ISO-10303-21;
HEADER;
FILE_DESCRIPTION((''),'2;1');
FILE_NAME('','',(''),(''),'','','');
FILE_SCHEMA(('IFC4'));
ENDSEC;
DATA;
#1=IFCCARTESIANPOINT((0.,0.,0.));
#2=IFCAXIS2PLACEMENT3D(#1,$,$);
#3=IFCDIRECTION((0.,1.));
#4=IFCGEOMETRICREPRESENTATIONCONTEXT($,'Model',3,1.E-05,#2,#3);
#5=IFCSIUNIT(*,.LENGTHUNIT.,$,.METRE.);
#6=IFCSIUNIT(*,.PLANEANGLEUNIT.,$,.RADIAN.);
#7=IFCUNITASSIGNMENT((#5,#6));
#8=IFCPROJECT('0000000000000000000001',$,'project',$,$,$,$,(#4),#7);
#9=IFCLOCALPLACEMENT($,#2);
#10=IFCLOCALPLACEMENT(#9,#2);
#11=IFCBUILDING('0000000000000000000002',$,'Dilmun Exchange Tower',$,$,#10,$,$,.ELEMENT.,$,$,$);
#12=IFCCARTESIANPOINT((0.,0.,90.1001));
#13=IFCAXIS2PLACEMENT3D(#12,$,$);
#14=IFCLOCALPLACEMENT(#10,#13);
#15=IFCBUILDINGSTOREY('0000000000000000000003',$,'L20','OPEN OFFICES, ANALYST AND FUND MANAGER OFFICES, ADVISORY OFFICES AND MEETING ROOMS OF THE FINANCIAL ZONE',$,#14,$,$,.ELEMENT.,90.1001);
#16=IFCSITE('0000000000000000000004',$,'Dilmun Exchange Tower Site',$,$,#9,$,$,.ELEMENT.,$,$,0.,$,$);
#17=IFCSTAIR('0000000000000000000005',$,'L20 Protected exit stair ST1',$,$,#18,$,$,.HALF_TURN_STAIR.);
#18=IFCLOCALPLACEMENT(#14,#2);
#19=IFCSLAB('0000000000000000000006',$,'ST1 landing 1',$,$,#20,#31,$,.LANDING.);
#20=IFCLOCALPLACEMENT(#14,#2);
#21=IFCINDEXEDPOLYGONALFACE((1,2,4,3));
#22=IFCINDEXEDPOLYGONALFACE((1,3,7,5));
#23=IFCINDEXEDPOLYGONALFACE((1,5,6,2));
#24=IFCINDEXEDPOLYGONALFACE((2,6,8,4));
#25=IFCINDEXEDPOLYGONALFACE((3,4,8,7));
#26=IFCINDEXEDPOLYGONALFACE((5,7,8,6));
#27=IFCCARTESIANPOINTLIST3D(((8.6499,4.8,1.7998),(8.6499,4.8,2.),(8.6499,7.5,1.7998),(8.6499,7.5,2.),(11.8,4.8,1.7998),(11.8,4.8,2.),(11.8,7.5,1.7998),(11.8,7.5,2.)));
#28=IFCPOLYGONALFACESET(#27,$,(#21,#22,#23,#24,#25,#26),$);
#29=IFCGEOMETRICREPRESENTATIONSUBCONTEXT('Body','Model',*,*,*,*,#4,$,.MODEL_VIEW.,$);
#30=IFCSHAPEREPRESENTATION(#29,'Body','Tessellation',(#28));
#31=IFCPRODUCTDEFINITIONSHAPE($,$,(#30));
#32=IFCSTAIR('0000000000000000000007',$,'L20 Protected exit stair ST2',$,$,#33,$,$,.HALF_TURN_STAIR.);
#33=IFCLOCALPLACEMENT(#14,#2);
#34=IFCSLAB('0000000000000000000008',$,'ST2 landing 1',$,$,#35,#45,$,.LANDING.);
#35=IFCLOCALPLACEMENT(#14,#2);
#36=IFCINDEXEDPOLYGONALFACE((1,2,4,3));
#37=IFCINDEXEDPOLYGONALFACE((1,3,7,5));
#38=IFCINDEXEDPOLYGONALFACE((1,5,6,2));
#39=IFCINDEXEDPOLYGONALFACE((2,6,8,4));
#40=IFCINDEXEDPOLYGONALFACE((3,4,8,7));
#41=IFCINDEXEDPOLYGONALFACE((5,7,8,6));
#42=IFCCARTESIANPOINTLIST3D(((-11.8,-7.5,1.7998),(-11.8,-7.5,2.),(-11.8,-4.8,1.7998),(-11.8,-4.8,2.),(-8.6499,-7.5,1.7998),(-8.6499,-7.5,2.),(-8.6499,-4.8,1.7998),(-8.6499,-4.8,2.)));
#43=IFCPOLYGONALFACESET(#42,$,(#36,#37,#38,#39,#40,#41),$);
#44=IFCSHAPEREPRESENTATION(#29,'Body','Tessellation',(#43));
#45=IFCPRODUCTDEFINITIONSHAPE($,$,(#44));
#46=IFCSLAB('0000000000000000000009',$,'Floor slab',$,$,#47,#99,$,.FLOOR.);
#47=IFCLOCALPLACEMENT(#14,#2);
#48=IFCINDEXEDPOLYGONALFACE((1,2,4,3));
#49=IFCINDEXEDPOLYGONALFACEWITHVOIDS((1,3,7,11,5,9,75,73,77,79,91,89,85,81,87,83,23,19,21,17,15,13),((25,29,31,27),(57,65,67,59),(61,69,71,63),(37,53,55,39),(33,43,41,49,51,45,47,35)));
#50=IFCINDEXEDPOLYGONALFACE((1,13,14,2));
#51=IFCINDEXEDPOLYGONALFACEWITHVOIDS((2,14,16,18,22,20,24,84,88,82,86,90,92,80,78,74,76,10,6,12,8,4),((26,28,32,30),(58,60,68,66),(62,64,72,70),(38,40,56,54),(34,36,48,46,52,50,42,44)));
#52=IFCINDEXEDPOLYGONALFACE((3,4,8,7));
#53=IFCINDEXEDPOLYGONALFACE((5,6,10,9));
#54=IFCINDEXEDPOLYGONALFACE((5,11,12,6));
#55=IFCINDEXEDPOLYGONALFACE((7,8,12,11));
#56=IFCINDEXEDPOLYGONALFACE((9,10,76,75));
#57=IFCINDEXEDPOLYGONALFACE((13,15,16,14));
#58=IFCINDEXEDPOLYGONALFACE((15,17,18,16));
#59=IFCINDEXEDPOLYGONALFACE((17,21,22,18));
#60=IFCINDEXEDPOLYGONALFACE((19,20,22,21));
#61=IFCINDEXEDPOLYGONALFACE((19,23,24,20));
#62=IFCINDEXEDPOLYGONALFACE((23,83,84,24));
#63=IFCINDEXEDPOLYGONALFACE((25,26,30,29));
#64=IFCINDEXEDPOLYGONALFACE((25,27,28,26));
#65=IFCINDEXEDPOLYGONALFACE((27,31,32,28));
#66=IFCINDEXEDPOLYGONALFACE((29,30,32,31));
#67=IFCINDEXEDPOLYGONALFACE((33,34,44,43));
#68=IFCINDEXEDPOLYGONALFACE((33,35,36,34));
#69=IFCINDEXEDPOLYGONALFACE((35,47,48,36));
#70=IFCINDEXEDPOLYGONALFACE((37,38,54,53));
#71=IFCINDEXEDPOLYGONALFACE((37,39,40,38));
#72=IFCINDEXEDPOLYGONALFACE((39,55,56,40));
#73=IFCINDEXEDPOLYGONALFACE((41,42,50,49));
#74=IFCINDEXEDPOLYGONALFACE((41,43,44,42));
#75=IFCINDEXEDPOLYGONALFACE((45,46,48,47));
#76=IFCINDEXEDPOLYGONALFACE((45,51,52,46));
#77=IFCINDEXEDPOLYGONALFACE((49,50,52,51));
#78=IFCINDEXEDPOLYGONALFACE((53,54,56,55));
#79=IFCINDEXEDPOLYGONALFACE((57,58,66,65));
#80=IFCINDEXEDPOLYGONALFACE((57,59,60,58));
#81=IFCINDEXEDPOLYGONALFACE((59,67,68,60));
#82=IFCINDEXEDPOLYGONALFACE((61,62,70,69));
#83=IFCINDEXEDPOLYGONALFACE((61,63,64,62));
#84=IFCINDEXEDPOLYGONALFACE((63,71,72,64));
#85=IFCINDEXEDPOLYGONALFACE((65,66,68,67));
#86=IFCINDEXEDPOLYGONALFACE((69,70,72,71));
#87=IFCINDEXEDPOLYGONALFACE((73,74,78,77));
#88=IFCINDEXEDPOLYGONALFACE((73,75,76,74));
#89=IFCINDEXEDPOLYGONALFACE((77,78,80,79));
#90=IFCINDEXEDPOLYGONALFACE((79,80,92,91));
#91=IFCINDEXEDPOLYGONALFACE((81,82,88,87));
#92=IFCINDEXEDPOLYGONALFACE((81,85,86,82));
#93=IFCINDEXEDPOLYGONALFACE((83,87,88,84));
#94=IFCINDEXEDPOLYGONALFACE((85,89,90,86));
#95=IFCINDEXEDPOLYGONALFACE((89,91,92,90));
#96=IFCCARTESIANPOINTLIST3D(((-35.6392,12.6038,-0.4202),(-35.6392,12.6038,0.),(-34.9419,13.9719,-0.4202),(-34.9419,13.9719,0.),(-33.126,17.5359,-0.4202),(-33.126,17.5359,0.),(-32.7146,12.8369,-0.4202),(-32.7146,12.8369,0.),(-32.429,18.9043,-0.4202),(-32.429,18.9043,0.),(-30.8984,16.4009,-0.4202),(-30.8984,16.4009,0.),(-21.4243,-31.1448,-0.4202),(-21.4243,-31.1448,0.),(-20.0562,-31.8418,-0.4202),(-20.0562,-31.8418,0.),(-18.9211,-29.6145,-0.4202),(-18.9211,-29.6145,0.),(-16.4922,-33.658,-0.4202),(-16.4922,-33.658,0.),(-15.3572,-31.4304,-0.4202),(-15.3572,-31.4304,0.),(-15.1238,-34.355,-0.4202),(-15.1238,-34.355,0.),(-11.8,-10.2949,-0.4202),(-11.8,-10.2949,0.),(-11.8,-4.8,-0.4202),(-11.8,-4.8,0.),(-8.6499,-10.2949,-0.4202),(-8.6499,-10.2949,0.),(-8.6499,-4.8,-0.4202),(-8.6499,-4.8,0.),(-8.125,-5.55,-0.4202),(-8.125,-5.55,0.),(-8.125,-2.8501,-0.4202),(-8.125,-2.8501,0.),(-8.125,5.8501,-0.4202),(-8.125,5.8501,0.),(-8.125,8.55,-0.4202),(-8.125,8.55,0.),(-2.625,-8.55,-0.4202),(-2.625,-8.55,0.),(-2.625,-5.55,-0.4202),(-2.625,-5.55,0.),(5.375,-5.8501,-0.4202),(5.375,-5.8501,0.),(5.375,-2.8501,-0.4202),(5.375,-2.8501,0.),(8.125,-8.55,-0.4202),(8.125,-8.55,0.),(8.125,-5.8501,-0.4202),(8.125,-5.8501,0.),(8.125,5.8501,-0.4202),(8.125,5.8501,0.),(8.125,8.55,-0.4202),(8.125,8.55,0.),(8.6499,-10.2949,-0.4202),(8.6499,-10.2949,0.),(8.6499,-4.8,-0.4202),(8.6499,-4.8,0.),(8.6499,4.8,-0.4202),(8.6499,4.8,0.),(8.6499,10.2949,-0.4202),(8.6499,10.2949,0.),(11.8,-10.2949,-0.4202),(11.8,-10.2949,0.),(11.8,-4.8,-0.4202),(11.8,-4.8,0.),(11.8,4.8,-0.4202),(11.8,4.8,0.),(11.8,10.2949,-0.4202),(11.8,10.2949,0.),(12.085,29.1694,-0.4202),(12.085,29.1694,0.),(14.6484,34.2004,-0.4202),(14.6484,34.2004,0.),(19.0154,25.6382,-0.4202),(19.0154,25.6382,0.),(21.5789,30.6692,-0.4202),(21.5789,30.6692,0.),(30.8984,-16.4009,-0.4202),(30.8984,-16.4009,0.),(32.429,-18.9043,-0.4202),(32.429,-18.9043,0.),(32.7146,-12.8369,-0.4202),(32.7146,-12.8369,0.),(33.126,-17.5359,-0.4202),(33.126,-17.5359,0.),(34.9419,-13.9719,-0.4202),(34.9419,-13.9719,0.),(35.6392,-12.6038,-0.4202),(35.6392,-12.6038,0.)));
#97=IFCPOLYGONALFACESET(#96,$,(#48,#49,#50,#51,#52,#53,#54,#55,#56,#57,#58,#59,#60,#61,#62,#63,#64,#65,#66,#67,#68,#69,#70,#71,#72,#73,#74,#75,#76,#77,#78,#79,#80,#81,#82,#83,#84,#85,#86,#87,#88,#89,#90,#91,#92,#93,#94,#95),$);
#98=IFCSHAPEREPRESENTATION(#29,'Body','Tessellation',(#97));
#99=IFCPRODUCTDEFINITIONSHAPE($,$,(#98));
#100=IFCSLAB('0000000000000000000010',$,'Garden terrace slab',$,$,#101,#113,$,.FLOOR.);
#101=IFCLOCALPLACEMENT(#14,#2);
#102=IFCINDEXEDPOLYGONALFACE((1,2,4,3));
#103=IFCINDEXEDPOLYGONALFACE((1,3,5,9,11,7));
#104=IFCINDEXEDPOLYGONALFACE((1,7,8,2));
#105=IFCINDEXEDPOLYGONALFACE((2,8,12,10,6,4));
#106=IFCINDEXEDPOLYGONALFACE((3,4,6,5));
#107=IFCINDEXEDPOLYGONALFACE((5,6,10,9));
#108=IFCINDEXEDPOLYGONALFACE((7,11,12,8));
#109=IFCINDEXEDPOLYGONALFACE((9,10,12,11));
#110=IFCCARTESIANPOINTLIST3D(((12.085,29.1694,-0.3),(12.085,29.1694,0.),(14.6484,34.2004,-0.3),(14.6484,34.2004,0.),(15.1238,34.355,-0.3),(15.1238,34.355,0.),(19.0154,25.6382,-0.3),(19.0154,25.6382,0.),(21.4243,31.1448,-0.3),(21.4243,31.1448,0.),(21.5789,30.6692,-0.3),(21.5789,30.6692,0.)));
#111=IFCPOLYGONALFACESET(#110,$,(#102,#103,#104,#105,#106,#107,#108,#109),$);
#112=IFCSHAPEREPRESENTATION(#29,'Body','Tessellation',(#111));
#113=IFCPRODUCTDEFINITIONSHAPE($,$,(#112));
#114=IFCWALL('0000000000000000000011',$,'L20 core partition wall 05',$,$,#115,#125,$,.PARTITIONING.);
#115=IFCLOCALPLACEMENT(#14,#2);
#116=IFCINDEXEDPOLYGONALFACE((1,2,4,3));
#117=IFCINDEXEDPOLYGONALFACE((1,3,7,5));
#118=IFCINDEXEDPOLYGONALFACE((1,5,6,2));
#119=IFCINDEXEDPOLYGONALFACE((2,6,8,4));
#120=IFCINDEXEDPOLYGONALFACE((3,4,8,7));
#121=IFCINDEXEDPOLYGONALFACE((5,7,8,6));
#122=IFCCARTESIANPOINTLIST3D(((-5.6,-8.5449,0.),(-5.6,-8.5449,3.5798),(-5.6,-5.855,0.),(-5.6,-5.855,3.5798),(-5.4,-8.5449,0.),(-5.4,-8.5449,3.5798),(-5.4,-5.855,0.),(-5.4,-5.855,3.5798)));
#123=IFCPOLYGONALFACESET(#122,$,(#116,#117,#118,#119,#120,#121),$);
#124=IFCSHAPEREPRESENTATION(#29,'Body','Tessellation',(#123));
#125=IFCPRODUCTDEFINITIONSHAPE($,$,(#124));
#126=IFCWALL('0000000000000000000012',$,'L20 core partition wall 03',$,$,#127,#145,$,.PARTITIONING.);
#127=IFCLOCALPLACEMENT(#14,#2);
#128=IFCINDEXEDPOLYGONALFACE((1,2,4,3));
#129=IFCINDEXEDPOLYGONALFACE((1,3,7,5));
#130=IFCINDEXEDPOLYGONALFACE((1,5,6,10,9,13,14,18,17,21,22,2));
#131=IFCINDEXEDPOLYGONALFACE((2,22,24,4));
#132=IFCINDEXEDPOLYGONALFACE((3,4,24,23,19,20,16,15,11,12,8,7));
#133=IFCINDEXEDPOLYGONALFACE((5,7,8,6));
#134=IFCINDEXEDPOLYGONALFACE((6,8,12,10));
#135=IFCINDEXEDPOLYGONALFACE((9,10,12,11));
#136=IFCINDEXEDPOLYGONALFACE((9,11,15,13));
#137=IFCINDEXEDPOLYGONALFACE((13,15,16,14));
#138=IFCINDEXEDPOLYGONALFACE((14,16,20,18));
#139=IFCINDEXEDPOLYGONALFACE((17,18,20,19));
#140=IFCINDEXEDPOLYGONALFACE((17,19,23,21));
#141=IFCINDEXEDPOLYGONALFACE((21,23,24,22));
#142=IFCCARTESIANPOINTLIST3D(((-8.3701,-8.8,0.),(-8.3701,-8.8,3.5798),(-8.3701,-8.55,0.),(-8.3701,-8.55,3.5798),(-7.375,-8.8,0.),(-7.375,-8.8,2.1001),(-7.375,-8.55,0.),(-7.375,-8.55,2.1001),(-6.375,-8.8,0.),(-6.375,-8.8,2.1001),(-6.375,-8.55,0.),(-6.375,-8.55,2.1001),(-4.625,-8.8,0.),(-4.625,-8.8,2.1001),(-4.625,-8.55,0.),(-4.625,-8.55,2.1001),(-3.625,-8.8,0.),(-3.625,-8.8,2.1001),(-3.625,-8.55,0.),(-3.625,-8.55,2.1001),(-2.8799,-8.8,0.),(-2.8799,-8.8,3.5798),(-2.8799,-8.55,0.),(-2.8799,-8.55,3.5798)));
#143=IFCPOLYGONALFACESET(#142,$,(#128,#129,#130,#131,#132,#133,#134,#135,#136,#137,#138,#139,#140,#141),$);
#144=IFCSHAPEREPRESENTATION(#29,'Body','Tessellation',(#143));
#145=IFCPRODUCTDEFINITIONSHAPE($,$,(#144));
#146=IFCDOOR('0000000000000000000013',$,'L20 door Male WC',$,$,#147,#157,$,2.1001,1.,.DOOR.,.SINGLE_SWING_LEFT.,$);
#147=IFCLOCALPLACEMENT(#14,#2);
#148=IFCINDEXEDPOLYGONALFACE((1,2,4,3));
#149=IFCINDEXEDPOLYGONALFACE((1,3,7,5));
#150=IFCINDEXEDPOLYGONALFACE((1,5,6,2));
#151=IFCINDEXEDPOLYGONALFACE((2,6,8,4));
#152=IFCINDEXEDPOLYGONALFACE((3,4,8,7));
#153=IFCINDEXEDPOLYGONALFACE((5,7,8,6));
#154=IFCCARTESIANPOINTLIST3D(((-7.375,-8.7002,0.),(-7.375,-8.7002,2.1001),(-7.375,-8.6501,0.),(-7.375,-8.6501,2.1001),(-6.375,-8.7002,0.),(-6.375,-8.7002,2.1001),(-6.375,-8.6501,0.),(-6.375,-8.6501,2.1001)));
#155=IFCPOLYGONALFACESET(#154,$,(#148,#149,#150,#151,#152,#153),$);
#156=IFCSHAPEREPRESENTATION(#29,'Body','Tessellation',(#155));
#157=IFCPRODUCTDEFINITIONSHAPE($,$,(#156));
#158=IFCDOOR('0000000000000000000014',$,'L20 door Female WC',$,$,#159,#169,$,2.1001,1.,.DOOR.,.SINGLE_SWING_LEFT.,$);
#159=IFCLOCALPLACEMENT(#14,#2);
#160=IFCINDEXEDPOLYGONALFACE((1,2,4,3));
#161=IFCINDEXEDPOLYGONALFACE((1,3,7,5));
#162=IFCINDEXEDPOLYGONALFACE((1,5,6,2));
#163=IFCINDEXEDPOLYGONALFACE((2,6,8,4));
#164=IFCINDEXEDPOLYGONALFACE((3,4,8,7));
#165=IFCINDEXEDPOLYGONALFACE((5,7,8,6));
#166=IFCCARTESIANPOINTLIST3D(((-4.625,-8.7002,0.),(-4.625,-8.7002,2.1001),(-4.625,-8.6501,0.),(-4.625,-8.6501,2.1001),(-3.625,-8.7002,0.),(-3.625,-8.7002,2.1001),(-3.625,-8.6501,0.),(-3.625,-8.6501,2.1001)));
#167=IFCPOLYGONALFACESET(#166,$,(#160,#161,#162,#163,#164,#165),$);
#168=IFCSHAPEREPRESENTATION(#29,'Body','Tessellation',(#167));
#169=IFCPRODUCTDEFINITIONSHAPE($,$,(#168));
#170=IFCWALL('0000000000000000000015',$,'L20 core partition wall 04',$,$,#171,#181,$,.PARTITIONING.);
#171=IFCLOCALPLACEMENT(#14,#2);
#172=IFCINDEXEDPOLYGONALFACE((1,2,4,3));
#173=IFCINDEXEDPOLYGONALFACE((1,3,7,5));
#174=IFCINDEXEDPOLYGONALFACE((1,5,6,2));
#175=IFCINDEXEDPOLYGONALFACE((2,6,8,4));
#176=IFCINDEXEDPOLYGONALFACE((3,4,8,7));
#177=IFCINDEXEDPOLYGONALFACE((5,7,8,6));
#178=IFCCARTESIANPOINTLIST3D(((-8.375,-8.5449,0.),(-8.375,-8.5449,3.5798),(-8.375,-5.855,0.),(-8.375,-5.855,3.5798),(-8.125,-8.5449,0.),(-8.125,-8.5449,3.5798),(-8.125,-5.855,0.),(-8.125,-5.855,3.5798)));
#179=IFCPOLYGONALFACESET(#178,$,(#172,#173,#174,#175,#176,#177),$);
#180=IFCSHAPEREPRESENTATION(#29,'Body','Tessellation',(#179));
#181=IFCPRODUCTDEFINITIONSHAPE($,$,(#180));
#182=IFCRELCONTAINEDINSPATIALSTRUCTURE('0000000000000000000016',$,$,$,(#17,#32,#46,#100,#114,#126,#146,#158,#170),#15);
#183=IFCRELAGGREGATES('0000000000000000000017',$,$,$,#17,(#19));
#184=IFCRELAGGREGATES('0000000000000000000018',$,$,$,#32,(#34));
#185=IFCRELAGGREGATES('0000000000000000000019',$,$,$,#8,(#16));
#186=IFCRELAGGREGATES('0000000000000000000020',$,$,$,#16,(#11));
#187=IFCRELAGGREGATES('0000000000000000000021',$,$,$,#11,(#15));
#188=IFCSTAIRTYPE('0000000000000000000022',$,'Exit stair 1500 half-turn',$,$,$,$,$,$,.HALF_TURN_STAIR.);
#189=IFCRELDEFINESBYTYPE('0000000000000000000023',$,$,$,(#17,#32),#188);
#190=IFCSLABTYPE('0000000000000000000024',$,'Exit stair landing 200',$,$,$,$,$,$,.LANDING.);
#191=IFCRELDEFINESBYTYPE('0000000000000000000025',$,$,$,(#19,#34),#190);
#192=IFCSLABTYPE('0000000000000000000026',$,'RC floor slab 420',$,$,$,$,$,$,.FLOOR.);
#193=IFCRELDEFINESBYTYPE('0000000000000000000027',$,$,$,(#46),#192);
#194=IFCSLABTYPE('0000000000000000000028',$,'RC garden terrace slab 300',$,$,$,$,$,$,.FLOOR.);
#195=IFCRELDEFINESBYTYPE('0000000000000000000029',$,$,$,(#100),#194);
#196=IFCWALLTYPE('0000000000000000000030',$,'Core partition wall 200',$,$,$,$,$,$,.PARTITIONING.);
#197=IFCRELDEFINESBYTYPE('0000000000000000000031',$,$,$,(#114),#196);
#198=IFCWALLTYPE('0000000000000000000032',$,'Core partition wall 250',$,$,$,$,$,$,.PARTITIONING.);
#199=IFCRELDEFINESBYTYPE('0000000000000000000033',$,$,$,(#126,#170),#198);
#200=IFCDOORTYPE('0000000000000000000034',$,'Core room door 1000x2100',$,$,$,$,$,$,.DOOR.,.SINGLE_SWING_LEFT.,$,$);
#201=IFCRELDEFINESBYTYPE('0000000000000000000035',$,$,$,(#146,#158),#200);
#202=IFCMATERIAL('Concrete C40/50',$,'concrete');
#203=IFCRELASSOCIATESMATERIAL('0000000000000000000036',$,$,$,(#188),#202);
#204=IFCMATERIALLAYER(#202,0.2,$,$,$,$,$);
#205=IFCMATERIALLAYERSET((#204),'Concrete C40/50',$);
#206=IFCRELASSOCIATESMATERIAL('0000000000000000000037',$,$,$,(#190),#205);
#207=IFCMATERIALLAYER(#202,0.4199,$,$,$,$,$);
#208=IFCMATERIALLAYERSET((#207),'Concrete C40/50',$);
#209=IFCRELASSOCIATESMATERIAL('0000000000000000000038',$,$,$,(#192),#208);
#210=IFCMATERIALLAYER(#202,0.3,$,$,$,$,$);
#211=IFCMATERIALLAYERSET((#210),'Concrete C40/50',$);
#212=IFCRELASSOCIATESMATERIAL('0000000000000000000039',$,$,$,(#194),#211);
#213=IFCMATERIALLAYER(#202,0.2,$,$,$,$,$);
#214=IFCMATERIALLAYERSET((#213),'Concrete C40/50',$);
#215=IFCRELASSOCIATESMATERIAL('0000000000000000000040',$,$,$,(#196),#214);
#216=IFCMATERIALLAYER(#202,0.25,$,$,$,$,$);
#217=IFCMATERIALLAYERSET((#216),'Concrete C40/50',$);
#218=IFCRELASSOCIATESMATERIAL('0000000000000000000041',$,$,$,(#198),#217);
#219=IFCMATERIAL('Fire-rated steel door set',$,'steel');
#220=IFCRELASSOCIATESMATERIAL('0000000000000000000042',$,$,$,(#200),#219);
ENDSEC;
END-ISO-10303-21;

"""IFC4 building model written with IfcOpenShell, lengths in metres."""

from ifc_helpers import new_model, si_unit, direction, frame, frame_2d, origin, place, context, subcontext, project, spatial, polyline, rectangle, outline, extrude, material, layer, layer_set, type_object, element, fill, aggregate, save


model = new_model("IFC4")

# Units and contexts
model_context = context("Model", 3, precision=1e-05, world=origin(), true_north=direction((0.0, 1.0)))
body_context = subcontext(model_context, "Body", "Model", "MODEL_VIEW")
ifc_project = project(units=[si_unit("LENGTHUNIT", "METRE"), si_unit("PLANEANGLEUNIT", "RADIAN")], contexts=[model_context])

# Site, building, storey
site_placement = place(None, origin())
site = spatial("IfcSite", under=ifc_project, at=site_placement, Name="Dilmun Exchange Tower Site", CompositionType="ELEMENT", RefElevation=0.0)
building_placement = place(site_placement, origin())
building = spatial("IfcBuilding", under=site, at=building_placement, Name="Dilmun Exchange Tower", CompositionType="ELEMENT")
storey_placement = place(building_placement, frame((0.0, 0.0, 90.1001)))
storey = spatial("IfcBuildingStorey", under=building, at=storey_placement, Name="L20", Description="OPEN OFFICES, ANALYST AND FUND MANAGER OFFICES, ADVISORY OFFICES AND MEETING ROOMS OF THE FINANCIAL ZONE", CompositionType="ELEMENT", Elevation=90.1001)

# Stairs, slabs
ifc_material_1 = material(Name="Concrete C40/50", Category="concrete")
stair_type = type_object("IfcStairType", Name="Exit stair 1500 half-turn", PredefinedType="HALF_TURN_STAIR", material=ifc_material_1)
stair_1_placement = place(storey_placement, origin())
stair_1 = element("IfcStair", 1, at=stair_1_placement, inside=storey, type_object=stair_type, Name="L20 Protected exit stair ST1", PredefinedType="HALF_TURN_STAIR")
ifc_layer_1 = layer(ifc_material_1, 0.2)
ifc_layer_set_1 = layer_set([ifc_layer_1], Name="Concrete C40/50")
slab_type_1 = type_object("IfcSlabType", Name="Exit stair landing 200", PredefinedType="LANDING", material=ifc_layer_set_1)
slab_1_placement = place(storey_placement, frame((0.0, 0.0, 1.7998)))
slab_1 = element("IfcSlab", 2, at=slab_1_placement, type_object=slab_type_1, Name="ST1 landing 1", PredefinedType="LANDING", context=body_context, shape_type="SweptSolid", body=[
    extrude(outline(polyline([(8.6499, 7.5), (8.6499, 4.8), (11.8, 4.8), (11.8, 7.5), (8.6499, 7.5)])), origin(), (0.0, 0.0, 1.0), 0.2002),
])
aggregate(stair_1, [slab_1])
stair_2_placement = place(storey_placement, origin())
stair_2 = element("IfcStair", 3, at=stair_2_placement, inside=storey, type_object=stair_type, Name="L20 Protected exit stair ST2", PredefinedType="HALF_TURN_STAIR")
slab_2_placement = place(storey_placement, frame((0.0, 0.0, 1.7998)))
slab_2 = element("IfcSlab", 4, at=slab_2_placement, type_object=slab_type_1, Name="ST2 landing 1", PredefinedType="LANDING", context=body_context, shape_type="SweptSolid", body=[
    extrude(outline(polyline([(-8.6499, -7.5), (-8.6499, -4.8), (-11.8, -4.8), (-11.8, -7.5), (-8.6499, -7.5)])), origin(), (0.0, 0.0, 1.0), 0.2002),
])
aggregate(stair_2, [slab_2])

# Slabs
ifc_layer_2 = layer(ifc_material_1, 0.4199)
ifc_layer_set_2 = layer_set([ifc_layer_2], Name="Concrete C40/50")
slab_type_2 = type_object("IfcSlabType", Name="RC floor slab 420", PredefinedType="FLOOR", material=ifc_layer_set_2)
slab_3_placement = place(storey_placement, frame((0.0, 0.0, -0.4202)))
element("IfcSlab", 5, at=slab_3_placement, inside=storey, type_object=slab_type_2, Name="Floor slab", PredefinedType="FLOOR", context=body_context, shape_type="SweptSolid", body=[
    extrude(outline(polyline([(34.9419, -13.9719), (32.7146, -12.8369), (30.8984, -16.4009), (33.126, -17.5359), (32.429, -18.9043), (-15.1238, -34.355), (-16.4922, -33.658), (-15.3572, -31.4304), (-18.9211, -29.6145), (-20.0562, -31.8418), (-21.4243, -31.1448), (-35.6392, 12.6038), (-34.9419, 13.9719), (-32.7146, 12.8369), (-30.8984, 16.4009), (-33.126, 17.5359), (-32.429, 18.9043), (14.6484, 34.2004), (12.085, 29.1694), (19.0154, 25.6382), (21.5789, 30.6692), (35.6392, -12.6038), (34.9419, -13.9719)]), holes=[polyline([(-8.6499, -4.8), (-11.8, -4.8), (-11.8, -10.2949), (-8.6499, -10.2949), (-8.6499, -4.8)]), polyline([(11.8, -4.8), (8.6499, -4.8), (8.6499, -10.2949), (11.8, -10.2949), (11.8, -4.8)]), polyline([(-8.125, -2.8501), (-8.125, -5.55), (-2.625, -5.55), (-2.625, -8.55), (8.125, -8.55), (8.125, -5.8501), (5.375, -5.8501), (5.375, -2.8501), (-8.125, -2.8501)]), polyline([(-8.125, 5.8501), (8.125, 5.8501), (8.125, 8.55), (-8.125, 8.55), (-8.125, 5.8501)]), polyline([(8.6499, 10.2949), (8.6499, 4.8), (11.8, 4.8), (11.8, 10.2949), (8.6499, 10.2949)])]), origin(), (0.0, 0.0, 1.0), 0.4202),
])
ifc_layer_3 = layer(ifc_material_1, 0.3)
ifc_layer_set_3 = layer_set([ifc_layer_3], Name="Concrete C40/50")
slab_type_3 = type_object("IfcSlabType", Name="RC garden terrace slab 300", PredefinedType="FLOOR", material=ifc_layer_set_3)
slab_4_placement = place(storey_placement, frame((0.0, 0.0, -0.3)))
element("IfcSlab", 6, at=slab_4_placement, inside=storey, type_object=slab_type_3, Name="Garden terrace slab", PredefinedType="FLOOR", context=body_context, shape_type="SweptSolid", body=[
    extrude(outline(polyline([(12.085, 29.1694), (14.6484, 34.2004), (15.1238, 34.355), (21.4243, 31.1448), (21.5789, 30.6692), (19.0154, 25.6382), (12.085, 29.1694)])), origin(), (0.0, 0.0, 1.0), 0.3),
])

# Wall
ifc_layer_4 = layer(ifc_material_1, 0.2)
ifc_layer_set_4 = layer_set([ifc_layer_4], Name="Concrete C40/50")
wall_type_1 = type_object("IfcWallType", Name="Core partition wall 200", PredefinedType="PARTITIONING", material=ifc_layer_set_4)
wall_1_placement = place(storey_placement, frame((-5.5, -8.5449, 0.0), z_axis=(0.0, 0.0, 1.0), x_axis=(0.0, 1.0, 0.0)))
element("IfcWall", 7, at=wall_1_placement, inside=storey, type_object=wall_type_1, Name="L20 core partition wall 05", PredefinedType="PARTITIONING", context=body_context, shape_type="SweptSolid", body=[
    extrude(rectangle(XDim=2.6899, YDim=0.2, at=frame_2d((1.345, 0.0))), origin(), (0.0, 0.0, 1.0), 3.5798),
])

# Wall, openings, doors
ifc_layer_5 = layer(ifc_material_1, 0.25)
ifc_layer_set_5 = layer_set([ifc_layer_5], Name="Concrete C40/50")
wall_type_2 = type_object("IfcWallType", Name="Core partition wall 250", PredefinedType="PARTITIONING", material=ifc_layer_set_5)
wall_2_placement = place(storey_placement, frame((-8.3701, -8.675, 0.0), z_axis=(0.0, 0.0, 1.0), x_axis=(1.0, 0.0, 0.0)))
wall_2 = element("IfcWall", 8, at=wall_2_placement, inside=storey, type_object=wall_type_2, Name="L20 core partition wall 03", PredefinedType="PARTITIONING", context=body_context, shape_type="SweptSolid", body=[
    extrude(rectangle(XDim=5.4902, YDim=0.25, at=frame_2d((2.7451, 0.0))), origin(), (0.0, 0.0, 1.0), 3.5798),
])
opening_1_placement = place(wall_2_placement, frame((0.9951, 0.0, 0.0)))
opening_1 = element("IfcOpeningElement", 9, at=opening_1_placement, cuts=wall_2, PredefinedType="OPENING", context=body_context, shape_type="SweptSolid", body=[
    extrude(rectangle(XDim=1.0, YDim=2.1001, at=frame_2d((0.5, 1.05))), frame((0.0, 0.135, 0.0), z_axis=(0.0, -1.0, 0.0), x_axis=(1.0, 0.0, 0.0)), (0.0, 0.0, 1.0), 0.27),
])
opening_2_placement = place(wall_2_placement, frame((3.7451, 0.0, 0.0)))
opening_2 = element("IfcOpeningElement", 10, at=opening_2_placement, cuts=wall_2, PredefinedType="OPENING", context=body_context, shape_type="SweptSolid", body=[
    extrude(rectangle(XDim=1.0, YDim=2.1001, at=frame_2d((0.5, 1.05))), frame((0.0, 0.135, 0.0), z_axis=(0.0, -1.0, 0.0), x_axis=(1.0, 0.0, 0.0)), (0.0, 0.0, 1.0), 0.27),
])
ifc_material_2 = material(Name="Fire-rated steel door set", Category="steel")
door_type_1 = type_object("IfcDoorType", Name="Core room door 1000x2100", OperationType="SINGLE_SWING_LEFT", PredefinedType="DOOR", material=ifc_material_2)
door_1_placement = place(opening_1_placement, origin())
door_1 = element("IfcDoor", 11, at=door_1_placement, inside=storey, type_object=door_type_1, Name="L20 door Male WC", OperationType="SINGLE_SWING_LEFT", OverallHeight=2.1001, OverallWidth=1.0, PredefinedType="DOOR", context=body_context, shape_type="SweptSolid", body=[
    extrude(rectangle(XDim=1.0, YDim=2.1001, at=frame_2d((0.5, 1.05))), frame((0.0, 0.0249, 0.0), z_axis=(0.0, -1.0, 0.0), x_axis=(1.0, 0.0, 0.0)), (0.0, 0.0, 1.0), 0.05),
])
fill(opening_1, door_1)
door_2_placement = place(opening_2_placement, origin())
door_2 = element("IfcDoor", 12, at=door_2_placement, inside=storey, type_object=door_type_1, Name="L20 door Female WC", OperationType="SINGLE_SWING_LEFT", OverallHeight=2.1001, OverallWidth=1.0, PredefinedType="DOOR", context=body_context, shape_type="SweptSolid", body=[
    extrude(rectangle(XDim=1.0, YDim=2.1001, at=frame_2d((0.5, 1.05))), frame((0.0, 0.0249, 0.0), z_axis=(0.0, -1.0, 0.0), x_axis=(1.0, 0.0, 0.0)), (0.0, 0.0, 1.0), 0.05),
])
fill(opening_2, door_2)

# Wall
wall_3_placement = place(storey_placement, frame((-8.25, -8.5449, 0.0), z_axis=(0.0, 0.0, 1.0), x_axis=(0.0, 1.0, 0.0)))
element("IfcWall", 13, at=wall_3_placement, inside=storey, type_object=wall_type_2, Name="L20 core partition wall 04", PredefinedType="PARTITIONING", context=body_context, shape_type="SweptSolid", body=[
    extrude(rectangle(XDim=2.6899, YDim=0.25, at=frame_2d((1.345, 0.0))), origin(), (0.0, 0.0, 1.0), 3.5798),
])

save(model, "model.ifc")
